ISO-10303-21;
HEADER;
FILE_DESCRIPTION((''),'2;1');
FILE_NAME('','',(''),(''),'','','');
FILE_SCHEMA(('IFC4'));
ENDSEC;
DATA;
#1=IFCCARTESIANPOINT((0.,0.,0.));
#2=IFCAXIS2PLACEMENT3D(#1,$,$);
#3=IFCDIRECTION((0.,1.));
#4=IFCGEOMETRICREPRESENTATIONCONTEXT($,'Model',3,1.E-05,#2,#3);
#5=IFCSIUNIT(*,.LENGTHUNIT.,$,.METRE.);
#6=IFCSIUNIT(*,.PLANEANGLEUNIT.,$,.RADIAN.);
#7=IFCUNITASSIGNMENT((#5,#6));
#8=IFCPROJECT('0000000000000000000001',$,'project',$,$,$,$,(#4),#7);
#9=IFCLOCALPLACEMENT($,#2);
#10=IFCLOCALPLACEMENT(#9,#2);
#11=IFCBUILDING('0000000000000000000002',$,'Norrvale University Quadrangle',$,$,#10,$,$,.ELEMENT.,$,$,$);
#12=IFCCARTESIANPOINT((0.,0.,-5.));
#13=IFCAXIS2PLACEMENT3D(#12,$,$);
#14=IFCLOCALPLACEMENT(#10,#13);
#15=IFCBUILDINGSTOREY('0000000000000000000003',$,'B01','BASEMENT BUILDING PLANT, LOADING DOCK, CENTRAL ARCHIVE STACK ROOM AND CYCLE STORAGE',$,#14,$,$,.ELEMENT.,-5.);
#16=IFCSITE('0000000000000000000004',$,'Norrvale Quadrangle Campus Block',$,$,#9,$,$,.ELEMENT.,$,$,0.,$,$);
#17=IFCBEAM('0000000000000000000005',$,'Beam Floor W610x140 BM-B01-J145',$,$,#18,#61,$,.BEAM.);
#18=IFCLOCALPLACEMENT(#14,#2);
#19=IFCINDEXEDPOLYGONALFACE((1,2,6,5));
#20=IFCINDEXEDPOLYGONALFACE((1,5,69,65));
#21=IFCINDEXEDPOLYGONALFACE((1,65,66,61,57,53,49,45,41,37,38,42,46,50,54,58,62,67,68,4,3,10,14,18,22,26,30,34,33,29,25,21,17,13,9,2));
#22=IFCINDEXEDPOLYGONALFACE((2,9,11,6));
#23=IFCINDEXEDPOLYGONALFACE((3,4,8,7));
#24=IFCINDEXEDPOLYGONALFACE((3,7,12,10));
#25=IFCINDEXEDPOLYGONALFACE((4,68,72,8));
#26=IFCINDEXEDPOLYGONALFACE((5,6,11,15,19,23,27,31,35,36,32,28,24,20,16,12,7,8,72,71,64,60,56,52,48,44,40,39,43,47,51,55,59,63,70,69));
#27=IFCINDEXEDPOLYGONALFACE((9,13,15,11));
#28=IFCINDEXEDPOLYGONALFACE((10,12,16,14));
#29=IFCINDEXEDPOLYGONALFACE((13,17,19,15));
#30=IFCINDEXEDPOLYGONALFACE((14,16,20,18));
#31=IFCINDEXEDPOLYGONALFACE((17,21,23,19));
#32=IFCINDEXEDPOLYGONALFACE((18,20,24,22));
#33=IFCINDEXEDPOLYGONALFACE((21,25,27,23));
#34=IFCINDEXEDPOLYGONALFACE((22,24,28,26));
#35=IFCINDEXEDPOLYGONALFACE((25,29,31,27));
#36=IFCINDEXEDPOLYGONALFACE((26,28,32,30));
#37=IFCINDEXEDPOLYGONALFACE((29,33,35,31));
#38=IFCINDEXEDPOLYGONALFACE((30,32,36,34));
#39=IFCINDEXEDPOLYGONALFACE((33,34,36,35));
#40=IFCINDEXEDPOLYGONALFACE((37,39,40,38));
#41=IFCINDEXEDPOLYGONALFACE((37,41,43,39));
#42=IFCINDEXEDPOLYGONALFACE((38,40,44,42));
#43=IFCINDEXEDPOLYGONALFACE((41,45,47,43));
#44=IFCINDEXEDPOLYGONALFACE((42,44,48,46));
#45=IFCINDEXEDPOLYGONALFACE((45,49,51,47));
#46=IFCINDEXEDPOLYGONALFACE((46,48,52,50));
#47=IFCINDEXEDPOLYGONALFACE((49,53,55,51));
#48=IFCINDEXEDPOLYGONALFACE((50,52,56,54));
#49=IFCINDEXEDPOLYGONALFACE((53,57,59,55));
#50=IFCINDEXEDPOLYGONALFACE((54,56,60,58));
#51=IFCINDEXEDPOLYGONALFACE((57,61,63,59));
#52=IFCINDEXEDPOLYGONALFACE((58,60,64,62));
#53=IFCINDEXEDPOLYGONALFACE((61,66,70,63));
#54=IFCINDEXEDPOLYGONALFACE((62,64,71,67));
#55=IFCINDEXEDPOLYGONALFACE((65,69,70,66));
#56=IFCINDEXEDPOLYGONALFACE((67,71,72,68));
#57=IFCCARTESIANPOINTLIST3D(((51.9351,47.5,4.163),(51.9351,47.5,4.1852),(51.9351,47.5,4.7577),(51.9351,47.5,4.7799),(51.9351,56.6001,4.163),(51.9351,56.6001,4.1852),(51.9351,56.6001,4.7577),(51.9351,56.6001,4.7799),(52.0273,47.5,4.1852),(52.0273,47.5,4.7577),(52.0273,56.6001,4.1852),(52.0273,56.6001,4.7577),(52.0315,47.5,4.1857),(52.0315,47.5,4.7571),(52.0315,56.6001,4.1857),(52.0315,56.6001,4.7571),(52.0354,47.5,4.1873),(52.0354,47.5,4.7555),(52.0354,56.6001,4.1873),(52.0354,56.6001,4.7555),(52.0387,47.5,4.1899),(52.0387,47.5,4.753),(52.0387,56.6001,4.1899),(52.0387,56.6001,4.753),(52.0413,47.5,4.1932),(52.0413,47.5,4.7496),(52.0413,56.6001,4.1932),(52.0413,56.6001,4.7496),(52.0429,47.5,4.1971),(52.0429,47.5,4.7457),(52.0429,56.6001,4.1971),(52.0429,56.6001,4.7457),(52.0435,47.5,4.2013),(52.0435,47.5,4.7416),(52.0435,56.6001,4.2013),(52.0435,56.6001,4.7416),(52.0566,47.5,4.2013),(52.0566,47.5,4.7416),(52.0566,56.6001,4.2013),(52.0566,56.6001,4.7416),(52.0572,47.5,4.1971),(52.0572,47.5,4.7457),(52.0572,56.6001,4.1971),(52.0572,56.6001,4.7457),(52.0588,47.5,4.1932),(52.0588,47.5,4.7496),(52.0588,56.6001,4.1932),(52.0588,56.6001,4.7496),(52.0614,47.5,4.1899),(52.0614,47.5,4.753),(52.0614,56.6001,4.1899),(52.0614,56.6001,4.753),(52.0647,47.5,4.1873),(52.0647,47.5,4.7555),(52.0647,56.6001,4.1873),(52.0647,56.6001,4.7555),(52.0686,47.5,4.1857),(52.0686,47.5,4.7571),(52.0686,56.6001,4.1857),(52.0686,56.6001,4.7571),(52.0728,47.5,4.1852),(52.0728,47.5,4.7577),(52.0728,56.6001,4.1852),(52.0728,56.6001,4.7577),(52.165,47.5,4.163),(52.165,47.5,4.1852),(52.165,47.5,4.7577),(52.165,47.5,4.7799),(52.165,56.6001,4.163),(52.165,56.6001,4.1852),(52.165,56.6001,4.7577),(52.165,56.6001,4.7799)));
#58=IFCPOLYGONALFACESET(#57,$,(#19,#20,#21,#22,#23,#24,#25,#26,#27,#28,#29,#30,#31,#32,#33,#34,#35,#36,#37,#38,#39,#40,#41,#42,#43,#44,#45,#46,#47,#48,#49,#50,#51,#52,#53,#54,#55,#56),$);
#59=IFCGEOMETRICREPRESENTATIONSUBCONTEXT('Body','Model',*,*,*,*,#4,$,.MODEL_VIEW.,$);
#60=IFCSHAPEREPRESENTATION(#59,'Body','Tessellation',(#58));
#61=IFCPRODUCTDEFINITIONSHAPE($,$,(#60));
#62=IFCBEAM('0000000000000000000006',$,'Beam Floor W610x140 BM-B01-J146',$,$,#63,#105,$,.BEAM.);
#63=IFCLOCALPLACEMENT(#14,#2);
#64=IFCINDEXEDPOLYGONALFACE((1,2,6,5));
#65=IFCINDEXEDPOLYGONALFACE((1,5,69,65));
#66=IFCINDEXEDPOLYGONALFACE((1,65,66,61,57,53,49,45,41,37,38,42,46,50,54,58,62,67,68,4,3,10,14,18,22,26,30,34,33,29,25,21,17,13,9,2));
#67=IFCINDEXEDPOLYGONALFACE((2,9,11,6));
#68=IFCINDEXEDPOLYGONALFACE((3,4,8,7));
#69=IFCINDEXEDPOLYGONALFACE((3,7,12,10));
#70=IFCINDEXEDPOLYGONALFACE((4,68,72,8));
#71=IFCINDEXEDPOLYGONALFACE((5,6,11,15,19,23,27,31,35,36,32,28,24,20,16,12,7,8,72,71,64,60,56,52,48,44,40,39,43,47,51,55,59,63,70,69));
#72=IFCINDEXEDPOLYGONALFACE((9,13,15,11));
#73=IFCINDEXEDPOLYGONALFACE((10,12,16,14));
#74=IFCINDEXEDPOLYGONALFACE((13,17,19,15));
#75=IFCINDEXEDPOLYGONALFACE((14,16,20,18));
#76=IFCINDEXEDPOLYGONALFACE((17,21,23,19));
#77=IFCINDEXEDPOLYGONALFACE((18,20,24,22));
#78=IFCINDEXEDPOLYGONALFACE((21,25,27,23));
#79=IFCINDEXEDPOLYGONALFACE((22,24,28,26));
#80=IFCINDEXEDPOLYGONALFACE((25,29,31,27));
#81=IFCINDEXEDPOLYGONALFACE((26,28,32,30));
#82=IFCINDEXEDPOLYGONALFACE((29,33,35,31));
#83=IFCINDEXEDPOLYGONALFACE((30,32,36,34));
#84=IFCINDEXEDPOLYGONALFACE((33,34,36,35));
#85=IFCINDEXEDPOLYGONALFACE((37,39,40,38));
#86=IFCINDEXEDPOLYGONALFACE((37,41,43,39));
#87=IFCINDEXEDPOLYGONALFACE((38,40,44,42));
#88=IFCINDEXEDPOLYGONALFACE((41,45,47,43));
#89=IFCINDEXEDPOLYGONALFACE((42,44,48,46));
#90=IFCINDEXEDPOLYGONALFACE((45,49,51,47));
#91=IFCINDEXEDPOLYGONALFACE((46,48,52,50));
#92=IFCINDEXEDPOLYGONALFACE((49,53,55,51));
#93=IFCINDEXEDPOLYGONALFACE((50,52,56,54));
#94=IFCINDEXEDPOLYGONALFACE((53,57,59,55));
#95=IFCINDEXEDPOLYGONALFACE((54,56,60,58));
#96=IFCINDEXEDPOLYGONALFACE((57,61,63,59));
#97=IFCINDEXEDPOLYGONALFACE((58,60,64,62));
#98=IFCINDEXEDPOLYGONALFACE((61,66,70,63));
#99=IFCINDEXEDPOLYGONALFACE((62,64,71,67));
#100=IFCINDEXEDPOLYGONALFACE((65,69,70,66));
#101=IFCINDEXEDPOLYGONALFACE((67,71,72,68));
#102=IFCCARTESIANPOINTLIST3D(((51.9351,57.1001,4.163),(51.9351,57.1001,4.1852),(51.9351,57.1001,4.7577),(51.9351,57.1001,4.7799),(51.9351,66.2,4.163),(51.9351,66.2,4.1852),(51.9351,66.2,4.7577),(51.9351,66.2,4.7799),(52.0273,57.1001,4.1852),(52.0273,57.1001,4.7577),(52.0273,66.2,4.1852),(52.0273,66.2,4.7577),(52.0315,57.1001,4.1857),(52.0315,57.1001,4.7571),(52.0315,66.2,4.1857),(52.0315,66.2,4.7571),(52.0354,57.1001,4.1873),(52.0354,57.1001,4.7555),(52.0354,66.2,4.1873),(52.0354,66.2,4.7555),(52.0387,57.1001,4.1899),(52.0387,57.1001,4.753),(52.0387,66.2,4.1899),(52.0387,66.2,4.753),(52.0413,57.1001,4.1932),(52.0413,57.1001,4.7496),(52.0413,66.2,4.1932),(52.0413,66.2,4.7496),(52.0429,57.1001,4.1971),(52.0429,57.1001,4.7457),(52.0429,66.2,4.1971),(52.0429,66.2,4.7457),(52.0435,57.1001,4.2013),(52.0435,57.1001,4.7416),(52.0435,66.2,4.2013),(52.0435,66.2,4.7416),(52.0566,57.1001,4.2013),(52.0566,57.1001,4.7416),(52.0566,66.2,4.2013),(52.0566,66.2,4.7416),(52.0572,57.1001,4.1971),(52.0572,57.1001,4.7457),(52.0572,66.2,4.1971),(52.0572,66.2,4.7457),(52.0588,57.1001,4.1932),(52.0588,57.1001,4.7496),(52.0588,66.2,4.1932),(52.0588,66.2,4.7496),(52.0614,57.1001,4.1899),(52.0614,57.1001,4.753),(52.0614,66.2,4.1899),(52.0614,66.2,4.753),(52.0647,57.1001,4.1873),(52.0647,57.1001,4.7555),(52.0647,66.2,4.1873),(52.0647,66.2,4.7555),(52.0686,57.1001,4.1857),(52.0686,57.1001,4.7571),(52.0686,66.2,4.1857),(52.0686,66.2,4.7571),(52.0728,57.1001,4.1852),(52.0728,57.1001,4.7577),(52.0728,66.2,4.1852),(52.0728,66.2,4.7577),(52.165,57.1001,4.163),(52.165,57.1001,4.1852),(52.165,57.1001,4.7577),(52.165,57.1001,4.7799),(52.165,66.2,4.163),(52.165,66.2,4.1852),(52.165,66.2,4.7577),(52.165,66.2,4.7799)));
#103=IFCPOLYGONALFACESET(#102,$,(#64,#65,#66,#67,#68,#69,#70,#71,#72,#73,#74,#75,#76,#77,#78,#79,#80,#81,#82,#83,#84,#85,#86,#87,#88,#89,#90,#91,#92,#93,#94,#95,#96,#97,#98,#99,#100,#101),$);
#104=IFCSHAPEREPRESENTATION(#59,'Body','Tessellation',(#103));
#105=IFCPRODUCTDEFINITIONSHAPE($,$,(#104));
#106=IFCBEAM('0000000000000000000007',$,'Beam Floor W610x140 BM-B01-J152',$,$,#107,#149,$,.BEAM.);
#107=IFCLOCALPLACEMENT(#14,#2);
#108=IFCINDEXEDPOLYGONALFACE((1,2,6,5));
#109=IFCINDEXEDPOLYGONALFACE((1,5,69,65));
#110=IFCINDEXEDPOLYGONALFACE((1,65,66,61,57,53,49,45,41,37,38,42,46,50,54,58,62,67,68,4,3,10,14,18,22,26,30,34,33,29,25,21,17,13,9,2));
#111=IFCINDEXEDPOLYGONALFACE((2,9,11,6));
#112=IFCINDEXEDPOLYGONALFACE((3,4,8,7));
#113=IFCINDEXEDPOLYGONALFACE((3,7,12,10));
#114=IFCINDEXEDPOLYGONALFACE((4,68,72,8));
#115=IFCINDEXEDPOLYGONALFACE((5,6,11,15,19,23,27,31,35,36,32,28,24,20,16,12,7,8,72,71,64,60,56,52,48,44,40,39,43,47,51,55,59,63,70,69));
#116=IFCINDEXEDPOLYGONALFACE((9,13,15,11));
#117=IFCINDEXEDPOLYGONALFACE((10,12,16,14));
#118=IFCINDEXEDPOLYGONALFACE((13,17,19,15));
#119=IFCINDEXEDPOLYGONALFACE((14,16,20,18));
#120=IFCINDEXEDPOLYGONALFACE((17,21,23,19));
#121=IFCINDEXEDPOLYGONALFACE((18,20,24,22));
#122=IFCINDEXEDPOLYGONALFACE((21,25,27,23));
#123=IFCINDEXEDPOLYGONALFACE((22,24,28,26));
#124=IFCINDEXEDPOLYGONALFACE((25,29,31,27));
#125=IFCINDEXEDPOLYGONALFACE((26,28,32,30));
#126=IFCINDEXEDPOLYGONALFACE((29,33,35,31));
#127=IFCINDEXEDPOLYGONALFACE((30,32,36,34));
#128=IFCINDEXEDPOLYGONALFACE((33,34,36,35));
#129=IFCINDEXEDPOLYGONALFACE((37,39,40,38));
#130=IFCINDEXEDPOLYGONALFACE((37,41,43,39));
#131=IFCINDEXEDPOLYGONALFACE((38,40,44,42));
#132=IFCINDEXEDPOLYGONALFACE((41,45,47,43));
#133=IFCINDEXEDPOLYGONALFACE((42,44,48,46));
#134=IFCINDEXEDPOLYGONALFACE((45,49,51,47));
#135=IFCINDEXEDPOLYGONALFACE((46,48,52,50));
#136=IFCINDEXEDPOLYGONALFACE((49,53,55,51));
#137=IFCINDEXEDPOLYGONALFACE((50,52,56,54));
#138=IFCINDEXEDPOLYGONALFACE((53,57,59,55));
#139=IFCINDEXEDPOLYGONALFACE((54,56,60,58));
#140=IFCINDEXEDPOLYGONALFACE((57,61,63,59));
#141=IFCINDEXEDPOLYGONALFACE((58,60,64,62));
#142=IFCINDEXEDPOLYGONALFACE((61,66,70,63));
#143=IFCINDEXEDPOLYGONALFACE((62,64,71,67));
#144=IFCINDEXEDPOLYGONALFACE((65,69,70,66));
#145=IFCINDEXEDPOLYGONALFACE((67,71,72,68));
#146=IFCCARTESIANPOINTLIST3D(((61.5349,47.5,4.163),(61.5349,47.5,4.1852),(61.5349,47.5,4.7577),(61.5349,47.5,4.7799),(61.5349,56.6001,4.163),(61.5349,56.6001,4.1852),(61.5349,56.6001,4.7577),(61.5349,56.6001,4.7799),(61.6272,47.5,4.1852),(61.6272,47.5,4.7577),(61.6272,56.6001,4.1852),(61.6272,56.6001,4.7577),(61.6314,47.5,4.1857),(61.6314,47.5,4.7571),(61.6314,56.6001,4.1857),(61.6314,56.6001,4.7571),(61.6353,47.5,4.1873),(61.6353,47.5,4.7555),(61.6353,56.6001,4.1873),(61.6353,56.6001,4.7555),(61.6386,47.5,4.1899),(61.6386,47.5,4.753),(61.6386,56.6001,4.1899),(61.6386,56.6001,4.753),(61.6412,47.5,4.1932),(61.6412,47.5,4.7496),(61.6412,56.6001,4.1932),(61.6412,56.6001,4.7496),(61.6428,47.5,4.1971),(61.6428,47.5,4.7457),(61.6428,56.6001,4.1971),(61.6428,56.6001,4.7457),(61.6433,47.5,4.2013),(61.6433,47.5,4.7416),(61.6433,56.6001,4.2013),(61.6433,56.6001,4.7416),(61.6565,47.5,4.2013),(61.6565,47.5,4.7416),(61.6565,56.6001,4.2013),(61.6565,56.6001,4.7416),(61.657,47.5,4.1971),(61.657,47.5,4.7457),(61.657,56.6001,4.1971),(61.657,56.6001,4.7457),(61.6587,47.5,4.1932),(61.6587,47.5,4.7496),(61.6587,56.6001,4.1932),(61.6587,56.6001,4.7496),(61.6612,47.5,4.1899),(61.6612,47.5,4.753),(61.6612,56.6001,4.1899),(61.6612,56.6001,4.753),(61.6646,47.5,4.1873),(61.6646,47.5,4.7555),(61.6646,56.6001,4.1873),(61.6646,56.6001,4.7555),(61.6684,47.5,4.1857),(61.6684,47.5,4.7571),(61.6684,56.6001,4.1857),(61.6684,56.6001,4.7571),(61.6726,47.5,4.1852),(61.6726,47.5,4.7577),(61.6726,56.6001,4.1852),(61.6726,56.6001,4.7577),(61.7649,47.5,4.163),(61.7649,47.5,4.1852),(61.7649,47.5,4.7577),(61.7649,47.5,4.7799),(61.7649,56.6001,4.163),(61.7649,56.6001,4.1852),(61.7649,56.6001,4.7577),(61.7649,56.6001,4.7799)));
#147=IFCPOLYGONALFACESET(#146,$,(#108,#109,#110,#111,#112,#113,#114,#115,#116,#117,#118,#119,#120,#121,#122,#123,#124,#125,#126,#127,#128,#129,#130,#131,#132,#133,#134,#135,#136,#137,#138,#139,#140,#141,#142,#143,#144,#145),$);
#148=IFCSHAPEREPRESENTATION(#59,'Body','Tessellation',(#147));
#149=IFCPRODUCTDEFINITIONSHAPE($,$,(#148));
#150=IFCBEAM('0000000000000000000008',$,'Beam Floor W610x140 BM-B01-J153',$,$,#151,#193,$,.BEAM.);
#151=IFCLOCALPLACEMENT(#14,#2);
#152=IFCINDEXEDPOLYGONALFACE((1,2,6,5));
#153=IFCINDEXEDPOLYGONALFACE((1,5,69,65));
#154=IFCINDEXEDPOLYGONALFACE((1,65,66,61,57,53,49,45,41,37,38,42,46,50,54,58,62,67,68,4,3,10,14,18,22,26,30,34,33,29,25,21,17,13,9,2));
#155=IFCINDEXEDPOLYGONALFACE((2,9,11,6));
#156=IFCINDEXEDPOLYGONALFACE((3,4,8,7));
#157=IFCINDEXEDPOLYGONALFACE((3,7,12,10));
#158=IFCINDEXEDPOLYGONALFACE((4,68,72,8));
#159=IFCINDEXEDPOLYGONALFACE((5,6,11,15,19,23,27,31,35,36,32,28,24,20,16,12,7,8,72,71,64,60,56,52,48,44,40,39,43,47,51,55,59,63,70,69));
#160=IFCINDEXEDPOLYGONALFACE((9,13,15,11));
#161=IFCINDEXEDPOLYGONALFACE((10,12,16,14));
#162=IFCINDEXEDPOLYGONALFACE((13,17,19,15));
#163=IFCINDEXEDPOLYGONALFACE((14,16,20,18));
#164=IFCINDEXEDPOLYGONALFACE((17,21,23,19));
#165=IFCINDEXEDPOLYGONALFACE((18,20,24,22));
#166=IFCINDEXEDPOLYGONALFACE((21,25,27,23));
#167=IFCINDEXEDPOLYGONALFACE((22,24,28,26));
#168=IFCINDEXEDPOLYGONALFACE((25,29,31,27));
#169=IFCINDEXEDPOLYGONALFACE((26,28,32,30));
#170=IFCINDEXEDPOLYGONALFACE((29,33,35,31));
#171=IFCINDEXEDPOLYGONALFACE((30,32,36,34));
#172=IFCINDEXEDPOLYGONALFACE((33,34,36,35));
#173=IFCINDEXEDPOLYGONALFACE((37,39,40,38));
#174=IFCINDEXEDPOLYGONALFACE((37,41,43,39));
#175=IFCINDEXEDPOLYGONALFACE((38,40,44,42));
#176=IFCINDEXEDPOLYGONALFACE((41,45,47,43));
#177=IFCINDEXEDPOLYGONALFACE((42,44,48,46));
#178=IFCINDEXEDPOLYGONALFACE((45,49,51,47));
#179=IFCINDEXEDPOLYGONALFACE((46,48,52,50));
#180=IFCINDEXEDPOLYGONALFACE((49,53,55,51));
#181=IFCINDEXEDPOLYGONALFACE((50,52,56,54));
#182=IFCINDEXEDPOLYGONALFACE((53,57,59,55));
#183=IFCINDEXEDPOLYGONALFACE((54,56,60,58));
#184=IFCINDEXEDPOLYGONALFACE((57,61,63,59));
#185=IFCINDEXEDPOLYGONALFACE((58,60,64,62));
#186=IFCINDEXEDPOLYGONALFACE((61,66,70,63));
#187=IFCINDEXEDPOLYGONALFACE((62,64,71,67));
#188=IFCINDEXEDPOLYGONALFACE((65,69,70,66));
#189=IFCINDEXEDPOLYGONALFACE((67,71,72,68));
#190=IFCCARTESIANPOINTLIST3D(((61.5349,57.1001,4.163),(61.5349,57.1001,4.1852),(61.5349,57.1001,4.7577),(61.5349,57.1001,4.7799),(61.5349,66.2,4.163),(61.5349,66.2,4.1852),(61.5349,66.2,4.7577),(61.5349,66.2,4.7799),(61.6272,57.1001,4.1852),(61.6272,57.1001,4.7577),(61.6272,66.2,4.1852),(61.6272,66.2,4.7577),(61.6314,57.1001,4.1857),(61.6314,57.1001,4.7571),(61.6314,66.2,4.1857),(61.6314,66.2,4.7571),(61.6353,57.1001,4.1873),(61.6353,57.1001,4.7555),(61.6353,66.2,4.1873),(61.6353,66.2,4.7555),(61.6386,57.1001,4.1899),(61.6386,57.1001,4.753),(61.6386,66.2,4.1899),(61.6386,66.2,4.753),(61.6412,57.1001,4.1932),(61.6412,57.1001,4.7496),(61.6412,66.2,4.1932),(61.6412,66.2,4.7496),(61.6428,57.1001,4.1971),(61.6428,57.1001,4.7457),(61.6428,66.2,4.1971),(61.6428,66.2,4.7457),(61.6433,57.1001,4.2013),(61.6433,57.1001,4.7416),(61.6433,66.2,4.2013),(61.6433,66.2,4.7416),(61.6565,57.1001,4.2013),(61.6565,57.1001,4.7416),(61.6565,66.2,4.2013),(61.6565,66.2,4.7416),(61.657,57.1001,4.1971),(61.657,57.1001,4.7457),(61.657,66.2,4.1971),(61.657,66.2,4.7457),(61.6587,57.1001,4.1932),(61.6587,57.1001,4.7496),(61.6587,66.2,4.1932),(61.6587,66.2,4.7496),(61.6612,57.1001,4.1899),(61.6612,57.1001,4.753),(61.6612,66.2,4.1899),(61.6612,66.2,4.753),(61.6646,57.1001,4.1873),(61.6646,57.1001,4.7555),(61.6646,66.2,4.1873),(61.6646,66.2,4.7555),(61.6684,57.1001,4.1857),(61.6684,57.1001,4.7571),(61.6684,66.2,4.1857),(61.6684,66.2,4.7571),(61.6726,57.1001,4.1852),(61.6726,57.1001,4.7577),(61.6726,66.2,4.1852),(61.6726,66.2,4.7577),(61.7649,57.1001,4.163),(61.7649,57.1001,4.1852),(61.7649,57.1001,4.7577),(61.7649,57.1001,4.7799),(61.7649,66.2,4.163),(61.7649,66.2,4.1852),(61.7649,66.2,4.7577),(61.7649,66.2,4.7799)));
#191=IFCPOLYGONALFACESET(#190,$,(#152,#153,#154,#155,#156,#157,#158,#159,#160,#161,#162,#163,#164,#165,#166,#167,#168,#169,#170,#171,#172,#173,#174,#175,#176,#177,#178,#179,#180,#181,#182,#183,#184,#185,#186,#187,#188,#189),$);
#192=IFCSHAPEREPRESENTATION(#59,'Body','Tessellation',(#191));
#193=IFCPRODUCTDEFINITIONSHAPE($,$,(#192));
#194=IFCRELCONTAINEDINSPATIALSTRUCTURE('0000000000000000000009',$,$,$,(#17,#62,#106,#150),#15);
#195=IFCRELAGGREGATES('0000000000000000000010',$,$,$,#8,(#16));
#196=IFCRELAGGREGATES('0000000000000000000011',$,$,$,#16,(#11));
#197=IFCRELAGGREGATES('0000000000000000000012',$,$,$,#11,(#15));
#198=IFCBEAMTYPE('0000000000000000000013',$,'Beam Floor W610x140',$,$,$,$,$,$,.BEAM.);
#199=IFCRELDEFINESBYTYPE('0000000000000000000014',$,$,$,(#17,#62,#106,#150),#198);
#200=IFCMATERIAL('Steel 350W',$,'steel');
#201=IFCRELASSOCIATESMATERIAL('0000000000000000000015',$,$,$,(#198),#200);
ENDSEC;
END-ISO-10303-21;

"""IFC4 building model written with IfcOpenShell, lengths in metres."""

from ifc_helpers import new_model, si_unit, direction, frame, origin, origin_2d, place, context, subcontext, project, spatial, i_section, extrude, material, material_profile, profile_set, type_object, element, save


model = new_model("IFC4")

# Units and contexts
model_context = context("Model", 3, precision=1e-05, world=origin(), true_north=direction((0.0, 1.0)))
body_context = subcontext(model_context, "Body", "Model", "MODEL_VIEW")
ifc_project = project(units=[si_unit("LENGTHUNIT", "METRE"), si_unit("PLANEANGLEUNIT", "RADIAN")], contexts=[model_context])

# Site, building, storey
site_placement = place(None, origin())
site = spatial("IfcSite", under=ifc_project, at=site_placement, Name="Norrvale Quadrangle Campus Block", CompositionType="ELEMENT", RefElevation=0.0)
building_placement = place(site_placement, origin())
building = spatial("IfcBuilding", under=site, at=building_placement, Name="Norrvale University Quadrangle", CompositionType="ELEMENT")
storey_placement = place(building_placement, frame((0.0, 0.0, -5.0)))
storey = spatial("IfcBuildingStorey", under=building, at=storey_placement, Name="B01", Description="BASEMENT BUILDING PLANT, LOADING DOCK, CENTRAL ARCHIVE STACK ROOM AND CYCLE STORAGE", CompositionType="ELEMENT", Elevation=-5.0)

# Beams
ifc_material_1 = material(Name="Steel 350W", Category="steel")
ifc_material_profile_1 = material_profile(ifc_material_1, i_section(OverallWidth=0.23, OverallDepth=0.6169, WebThickness=0.0132, FlangeThickness=0.0222, FilletRadius=0.0161, at=origin_2d()), Name="Steel 350W")
ifc_profile_set_1 = profile_set([ifc_material_profile_1], Name="Steel 350W")
beam_type_1 = type_object("IfcBeamType", Name="Beam Floor W610x140", PredefinedType="BEAM", material=ifc_profile_set_1)
beam_1_placement = place(storey_placement, frame((52.05, 47.5, 4.4714), z_axis=(0.0, 1.0, 0.0), x_axis=(-1.0, 0.0, 0.0)))
element("IfcBeam", 1, at=beam_1_placement, inside=storey, type_object=beam_type_1, Name="Beam Floor W610x140 BM-B01-J145", PredefinedType="BEAM", context=body_context, shape_type="SweptSolid", body=[
    extrude(i_section(OverallWidth=0.23, OverallDepth=0.6169, WebThickness=0.0132, FlangeThickness=0.0222, FilletRadius=0.0161, at=origin_2d()), origin(), (0.0, 0.0, 1.0), 9.1001),
])
beam_2_placement = place(storey_placement, frame((52.05, 57.1001, 4.4714), z_axis=(0.0, 1.0, 0.0), x_axis=(-1.0, 0.0, 0.0)))
element("IfcBeam", 2, at=beam_2_placement, inside=storey, type_object=beam_type_1, Name="Beam Floor W610x140 BM-B01-J146", PredefinedType="BEAM", context=body_context, shape_type="SweptSolid", body=[
    extrude(i_section(OverallWidth=0.23, OverallDepth=0.6169, WebThickness=0.0132, FlangeThickness=0.0222, FilletRadius=0.0161, at=origin_2d()), origin(), (0.0, 0.0, 1.0), 9.0999),
])
beam_3_placement = place(storey_placement, frame((61.6499, 47.5, 4.4714), z_axis=(0.0, 1.0, 0.0), x_axis=(-1.0, 0.0, 0.0)))
element("IfcBeam", 3, at=beam_3_placement, inside=storey, type_object=beam_type_1, Name="Beam Floor W610x140 BM-B01-J152", PredefinedType="BEAM", context=body_context, shape_type="SweptSolid", body=[
    extrude(i_section(OverallWidth=0.23, OverallDepth=0.6169, WebThickness=0.0132, FlangeThickness=0.0222, FilletRadius=0.0161, at=origin_2d()), origin(), (0.0, 0.0, 1.0), 9.1001),
])
beam_4_placement = place(storey_placement, frame((61.6499, 57.1001, 4.4714), z_axis=(0.0, 1.0, 0.0), x_axis=(-1.0, 0.0, 0.0)))
element("IfcBeam", 4, at=beam_4_placement, inside=storey, type_object=beam_type_1, Name="Beam Floor W610x140 BM-B01-J153", PredefinedType="BEAM", context=body_context, shape_type="SweptSolid", body=[
    extrude(i_section(OverallWidth=0.23, OverallDepth=0.6169, WebThickness=0.0132, FlangeThickness=0.0222, FilletRadius=0.0161, at=origin_2d()), origin(), (0.0, 0.0, 1.0), 9.0999),
])

save(model, "model.ifc")
